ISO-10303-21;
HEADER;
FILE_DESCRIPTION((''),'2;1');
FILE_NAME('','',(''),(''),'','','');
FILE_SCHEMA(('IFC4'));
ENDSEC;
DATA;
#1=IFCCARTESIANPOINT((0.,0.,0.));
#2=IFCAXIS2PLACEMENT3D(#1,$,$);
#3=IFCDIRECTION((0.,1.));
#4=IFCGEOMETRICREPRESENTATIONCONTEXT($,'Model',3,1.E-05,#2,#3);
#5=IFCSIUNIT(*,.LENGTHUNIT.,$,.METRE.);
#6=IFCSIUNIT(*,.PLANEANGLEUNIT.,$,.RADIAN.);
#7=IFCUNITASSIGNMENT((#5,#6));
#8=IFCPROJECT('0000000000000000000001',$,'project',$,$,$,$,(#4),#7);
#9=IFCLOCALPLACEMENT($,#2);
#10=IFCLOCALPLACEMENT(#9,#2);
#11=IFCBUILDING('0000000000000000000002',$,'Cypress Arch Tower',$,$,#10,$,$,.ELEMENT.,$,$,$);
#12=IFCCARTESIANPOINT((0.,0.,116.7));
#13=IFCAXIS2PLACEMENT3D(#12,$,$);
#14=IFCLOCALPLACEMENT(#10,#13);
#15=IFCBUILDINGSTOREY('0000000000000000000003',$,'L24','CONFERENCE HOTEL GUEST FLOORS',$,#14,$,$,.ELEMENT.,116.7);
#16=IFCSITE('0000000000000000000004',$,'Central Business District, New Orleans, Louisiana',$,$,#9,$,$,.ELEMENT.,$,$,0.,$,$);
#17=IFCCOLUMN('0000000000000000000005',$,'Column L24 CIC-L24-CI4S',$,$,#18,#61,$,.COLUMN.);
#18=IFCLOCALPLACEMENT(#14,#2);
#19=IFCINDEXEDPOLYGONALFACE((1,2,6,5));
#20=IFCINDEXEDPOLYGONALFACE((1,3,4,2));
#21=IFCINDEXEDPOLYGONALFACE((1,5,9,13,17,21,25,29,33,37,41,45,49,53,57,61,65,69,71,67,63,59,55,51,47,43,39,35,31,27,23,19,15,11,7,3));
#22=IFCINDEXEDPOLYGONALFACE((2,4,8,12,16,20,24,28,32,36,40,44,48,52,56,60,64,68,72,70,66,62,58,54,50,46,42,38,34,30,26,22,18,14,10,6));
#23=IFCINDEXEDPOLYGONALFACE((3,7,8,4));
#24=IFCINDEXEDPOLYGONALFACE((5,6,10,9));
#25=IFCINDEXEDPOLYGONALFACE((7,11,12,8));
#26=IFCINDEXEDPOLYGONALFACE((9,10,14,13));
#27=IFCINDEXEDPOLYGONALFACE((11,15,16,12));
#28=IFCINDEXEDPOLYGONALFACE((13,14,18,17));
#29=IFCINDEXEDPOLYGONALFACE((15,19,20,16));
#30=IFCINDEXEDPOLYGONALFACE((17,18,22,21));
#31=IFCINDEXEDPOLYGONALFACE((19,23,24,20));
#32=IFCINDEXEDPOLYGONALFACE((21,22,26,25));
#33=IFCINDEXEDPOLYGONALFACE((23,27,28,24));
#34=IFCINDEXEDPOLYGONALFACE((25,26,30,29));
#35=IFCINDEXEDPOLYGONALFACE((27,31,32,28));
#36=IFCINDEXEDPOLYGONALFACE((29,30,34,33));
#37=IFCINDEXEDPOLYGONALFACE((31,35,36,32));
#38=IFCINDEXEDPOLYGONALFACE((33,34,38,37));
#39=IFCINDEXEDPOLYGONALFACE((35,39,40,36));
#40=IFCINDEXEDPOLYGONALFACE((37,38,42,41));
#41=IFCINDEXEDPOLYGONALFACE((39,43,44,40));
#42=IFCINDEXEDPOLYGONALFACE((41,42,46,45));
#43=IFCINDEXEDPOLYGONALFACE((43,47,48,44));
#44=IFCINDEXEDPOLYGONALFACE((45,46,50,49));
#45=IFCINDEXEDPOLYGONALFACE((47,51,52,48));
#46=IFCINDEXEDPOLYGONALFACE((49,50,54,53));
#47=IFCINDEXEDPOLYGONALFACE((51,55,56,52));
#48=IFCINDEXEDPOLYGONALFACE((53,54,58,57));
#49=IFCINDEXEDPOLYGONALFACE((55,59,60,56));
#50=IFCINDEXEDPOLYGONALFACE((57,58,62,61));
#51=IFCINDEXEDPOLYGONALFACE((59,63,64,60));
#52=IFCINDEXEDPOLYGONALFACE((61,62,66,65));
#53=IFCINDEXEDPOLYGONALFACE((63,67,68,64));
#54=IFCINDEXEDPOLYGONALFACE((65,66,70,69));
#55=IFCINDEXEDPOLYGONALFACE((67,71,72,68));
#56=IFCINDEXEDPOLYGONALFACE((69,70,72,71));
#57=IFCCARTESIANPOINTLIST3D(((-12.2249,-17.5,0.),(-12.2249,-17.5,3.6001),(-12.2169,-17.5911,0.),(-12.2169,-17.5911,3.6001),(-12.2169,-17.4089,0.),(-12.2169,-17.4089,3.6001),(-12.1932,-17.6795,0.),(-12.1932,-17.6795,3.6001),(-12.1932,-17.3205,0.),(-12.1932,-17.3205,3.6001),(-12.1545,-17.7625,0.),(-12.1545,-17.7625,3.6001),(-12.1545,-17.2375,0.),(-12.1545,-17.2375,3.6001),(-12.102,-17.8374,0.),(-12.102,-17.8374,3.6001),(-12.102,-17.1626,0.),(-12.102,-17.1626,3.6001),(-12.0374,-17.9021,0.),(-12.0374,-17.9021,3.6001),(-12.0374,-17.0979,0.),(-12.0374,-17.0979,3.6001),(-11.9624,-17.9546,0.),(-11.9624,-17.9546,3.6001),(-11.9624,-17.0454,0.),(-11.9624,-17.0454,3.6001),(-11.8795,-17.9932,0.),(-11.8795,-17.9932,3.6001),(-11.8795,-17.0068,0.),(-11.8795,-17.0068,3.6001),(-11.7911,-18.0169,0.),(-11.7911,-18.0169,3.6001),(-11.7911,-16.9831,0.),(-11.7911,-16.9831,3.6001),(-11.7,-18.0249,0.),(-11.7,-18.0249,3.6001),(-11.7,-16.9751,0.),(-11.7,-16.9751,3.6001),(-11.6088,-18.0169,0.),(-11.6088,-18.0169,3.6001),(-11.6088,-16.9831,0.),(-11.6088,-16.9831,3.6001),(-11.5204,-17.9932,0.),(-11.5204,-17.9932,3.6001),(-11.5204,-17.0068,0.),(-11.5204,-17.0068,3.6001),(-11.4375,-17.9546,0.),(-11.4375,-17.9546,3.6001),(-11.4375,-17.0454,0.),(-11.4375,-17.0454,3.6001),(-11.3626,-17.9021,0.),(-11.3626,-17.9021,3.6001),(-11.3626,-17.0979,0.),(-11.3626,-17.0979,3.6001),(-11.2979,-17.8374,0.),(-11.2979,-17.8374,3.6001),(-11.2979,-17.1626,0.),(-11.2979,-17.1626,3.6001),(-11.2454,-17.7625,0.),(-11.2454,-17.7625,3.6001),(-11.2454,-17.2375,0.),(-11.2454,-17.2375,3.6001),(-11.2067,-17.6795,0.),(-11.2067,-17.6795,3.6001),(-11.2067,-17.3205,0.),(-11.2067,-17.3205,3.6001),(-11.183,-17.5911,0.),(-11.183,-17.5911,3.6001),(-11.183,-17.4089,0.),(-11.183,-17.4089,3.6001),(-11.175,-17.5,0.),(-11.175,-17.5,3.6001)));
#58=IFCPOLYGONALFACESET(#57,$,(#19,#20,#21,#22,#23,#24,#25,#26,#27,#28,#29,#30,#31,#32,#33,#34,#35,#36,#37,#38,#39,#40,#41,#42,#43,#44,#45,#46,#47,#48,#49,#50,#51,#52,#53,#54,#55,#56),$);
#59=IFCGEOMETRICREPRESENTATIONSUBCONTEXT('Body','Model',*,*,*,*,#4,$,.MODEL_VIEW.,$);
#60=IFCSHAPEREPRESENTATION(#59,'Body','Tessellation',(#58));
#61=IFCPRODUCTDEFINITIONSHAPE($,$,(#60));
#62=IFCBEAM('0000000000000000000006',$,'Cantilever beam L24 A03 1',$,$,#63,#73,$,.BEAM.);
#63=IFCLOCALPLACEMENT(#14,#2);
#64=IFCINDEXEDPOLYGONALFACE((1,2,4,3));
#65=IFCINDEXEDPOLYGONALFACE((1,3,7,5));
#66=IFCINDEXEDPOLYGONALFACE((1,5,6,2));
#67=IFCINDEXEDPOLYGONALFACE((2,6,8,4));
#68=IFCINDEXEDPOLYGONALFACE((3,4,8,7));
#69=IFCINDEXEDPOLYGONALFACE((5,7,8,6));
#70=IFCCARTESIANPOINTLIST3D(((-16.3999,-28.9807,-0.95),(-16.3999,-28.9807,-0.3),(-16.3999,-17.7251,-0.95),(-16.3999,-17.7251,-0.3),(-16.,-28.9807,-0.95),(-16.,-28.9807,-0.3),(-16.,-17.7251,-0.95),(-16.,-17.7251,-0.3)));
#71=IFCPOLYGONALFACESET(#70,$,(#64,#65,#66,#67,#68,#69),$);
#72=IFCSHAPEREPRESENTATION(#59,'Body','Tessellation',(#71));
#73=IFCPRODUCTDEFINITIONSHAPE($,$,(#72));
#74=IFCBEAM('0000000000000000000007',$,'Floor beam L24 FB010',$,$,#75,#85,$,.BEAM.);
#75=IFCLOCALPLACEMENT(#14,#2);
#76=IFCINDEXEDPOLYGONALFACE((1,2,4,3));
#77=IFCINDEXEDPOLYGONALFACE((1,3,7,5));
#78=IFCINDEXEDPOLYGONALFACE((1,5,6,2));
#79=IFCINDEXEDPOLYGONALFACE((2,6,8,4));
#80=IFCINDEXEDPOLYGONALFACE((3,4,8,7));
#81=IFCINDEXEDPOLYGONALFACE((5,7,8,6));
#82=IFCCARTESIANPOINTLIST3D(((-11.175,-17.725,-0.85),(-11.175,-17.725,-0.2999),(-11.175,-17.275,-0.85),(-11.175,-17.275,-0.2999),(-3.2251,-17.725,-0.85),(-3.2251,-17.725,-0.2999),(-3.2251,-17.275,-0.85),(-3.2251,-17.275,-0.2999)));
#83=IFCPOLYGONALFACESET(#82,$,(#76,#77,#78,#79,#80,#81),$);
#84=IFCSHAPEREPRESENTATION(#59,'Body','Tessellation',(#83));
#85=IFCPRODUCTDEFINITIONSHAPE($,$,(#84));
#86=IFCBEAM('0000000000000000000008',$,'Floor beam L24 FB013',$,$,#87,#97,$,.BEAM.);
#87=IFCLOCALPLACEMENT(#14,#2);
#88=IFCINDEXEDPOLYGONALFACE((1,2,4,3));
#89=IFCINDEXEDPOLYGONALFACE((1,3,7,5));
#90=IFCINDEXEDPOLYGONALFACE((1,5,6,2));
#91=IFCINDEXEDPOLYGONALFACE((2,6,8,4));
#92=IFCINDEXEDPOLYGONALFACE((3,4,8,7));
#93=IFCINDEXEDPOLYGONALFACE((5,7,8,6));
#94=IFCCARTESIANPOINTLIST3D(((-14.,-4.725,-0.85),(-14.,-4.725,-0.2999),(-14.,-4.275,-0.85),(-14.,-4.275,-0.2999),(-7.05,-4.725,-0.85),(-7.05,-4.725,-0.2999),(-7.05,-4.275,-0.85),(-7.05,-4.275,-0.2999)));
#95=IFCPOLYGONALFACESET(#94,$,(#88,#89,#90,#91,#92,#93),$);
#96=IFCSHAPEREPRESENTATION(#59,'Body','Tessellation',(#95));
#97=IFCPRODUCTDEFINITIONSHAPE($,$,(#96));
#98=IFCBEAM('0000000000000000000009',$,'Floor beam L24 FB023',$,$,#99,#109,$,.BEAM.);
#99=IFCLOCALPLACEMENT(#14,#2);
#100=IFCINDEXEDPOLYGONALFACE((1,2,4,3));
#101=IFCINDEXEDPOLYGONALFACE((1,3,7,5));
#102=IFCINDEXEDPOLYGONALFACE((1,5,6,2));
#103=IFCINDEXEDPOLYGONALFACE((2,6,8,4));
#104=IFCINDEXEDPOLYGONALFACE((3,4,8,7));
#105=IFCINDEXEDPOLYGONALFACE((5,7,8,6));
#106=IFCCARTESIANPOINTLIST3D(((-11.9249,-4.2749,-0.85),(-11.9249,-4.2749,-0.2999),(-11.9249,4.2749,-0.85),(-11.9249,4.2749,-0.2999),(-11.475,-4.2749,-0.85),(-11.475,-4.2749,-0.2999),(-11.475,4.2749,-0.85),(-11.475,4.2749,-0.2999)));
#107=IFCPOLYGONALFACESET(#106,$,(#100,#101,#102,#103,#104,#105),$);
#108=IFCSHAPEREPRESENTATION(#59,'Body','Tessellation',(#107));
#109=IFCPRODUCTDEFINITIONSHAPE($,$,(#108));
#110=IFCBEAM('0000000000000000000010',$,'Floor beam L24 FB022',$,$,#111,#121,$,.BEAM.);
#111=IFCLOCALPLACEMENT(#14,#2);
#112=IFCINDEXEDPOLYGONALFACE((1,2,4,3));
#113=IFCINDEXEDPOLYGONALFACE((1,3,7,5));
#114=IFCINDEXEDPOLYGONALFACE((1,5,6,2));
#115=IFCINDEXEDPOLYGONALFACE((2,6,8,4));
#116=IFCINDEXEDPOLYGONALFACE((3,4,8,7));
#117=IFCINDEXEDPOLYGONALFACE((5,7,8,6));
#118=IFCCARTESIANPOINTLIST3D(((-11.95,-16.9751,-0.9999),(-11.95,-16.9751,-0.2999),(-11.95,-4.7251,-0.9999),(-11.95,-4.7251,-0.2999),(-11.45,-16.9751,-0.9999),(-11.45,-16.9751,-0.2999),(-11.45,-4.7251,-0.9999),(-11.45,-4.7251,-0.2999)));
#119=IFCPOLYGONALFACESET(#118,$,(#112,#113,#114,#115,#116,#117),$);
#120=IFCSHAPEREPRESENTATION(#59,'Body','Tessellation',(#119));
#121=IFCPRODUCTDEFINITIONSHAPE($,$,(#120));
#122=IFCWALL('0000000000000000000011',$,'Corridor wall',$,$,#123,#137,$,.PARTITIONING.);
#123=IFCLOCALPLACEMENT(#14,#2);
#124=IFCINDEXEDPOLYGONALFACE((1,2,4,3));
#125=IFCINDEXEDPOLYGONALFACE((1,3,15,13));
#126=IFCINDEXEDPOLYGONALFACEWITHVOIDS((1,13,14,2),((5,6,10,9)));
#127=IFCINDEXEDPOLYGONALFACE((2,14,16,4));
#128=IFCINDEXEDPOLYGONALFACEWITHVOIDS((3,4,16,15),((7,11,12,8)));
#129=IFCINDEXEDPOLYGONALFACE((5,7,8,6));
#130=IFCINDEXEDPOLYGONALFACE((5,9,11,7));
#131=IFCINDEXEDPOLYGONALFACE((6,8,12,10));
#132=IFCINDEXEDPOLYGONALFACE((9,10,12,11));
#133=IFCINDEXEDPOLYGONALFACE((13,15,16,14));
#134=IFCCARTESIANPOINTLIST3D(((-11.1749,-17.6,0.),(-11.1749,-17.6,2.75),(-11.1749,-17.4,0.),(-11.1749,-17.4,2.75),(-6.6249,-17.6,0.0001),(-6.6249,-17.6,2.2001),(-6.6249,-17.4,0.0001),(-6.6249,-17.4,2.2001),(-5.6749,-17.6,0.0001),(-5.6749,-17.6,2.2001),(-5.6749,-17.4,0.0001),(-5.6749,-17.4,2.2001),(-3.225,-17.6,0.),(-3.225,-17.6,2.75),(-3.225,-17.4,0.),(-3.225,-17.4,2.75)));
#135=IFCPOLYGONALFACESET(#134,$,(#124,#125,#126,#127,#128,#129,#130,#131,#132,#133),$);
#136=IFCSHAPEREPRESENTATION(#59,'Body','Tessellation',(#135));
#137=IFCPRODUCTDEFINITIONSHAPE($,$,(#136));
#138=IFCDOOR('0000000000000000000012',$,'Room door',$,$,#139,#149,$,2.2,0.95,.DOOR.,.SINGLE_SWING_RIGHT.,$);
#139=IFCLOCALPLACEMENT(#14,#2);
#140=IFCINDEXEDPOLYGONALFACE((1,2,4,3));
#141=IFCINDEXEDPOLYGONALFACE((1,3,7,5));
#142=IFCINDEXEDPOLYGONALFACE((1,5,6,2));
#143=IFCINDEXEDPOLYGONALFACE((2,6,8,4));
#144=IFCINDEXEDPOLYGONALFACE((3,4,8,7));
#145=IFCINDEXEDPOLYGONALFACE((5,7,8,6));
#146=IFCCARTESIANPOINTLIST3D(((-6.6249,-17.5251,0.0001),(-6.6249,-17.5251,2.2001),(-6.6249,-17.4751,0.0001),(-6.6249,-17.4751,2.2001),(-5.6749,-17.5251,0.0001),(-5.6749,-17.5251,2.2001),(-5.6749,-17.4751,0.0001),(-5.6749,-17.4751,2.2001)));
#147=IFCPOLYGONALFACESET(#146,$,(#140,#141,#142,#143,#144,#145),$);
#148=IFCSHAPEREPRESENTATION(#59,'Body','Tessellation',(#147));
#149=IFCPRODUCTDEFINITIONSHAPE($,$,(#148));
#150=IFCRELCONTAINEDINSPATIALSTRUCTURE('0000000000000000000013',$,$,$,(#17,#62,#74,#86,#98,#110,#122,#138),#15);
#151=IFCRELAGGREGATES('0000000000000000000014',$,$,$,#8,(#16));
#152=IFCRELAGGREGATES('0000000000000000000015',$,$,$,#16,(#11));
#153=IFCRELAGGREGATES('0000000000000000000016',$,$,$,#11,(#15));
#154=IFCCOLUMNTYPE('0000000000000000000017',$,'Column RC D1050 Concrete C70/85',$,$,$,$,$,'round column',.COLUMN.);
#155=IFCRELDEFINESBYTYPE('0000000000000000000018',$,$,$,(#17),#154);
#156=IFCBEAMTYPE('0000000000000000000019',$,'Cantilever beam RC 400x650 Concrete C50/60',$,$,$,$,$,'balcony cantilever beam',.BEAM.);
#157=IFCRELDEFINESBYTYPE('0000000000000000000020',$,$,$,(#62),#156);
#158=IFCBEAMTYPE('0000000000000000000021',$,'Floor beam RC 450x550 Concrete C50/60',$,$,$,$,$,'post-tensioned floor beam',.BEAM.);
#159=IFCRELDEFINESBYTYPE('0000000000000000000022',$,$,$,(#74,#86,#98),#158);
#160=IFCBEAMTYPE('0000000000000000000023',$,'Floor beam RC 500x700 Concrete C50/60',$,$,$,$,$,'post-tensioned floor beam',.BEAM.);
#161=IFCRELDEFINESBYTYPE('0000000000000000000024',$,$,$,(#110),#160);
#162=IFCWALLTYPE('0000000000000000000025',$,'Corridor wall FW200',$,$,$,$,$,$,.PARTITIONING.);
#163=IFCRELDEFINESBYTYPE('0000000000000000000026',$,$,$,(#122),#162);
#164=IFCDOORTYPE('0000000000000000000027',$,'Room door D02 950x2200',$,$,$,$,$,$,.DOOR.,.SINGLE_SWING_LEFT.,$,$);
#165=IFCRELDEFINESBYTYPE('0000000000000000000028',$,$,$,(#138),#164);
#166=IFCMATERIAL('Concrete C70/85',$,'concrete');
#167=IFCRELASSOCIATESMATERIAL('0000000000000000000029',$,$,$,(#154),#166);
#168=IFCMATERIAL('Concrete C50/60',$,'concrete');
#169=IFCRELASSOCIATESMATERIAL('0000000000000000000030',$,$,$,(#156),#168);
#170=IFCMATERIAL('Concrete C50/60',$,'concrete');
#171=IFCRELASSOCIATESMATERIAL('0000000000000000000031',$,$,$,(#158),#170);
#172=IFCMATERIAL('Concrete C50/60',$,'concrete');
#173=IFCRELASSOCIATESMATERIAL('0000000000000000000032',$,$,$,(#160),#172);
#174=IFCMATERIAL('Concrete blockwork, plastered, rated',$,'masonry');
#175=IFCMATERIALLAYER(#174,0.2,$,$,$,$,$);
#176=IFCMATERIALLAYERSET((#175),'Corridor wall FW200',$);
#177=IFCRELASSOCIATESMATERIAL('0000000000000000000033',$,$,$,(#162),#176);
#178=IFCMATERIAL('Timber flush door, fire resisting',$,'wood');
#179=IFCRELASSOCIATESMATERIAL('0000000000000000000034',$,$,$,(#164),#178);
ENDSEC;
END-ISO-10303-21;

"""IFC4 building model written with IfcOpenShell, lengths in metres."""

from ifc_helpers import new_model, si_unit, direction, frame, frame_2d, origin, origin_2d, place, context, subcontext, project, spatial, rectangle, circle, extrude, material, layer, layer_set, material_profile, profile_set, type_object, element, fill, save


model = new_model("IFC4")

# Units and contexts
model_context = context("Model", 3, precision=1e-05, world=origin(), true_north=direction((0.0, 1.0)))
body_context = subcontext(model_context, "Body", "Model", "MODEL_VIEW")
ifc_project = project(units=[si_unit("LENGTHUNIT", "METRE"), si_unit("PLANEANGLEUNIT", "RADIAN")], contexts=[model_context])

# Site, building, storey
site_placement = place(None, origin())
site = spatial("IfcSite", under=ifc_project, at=site_placement, Name="Central Business District, New Orleans, Louisiana", CompositionType="ELEMENT", RefElevation=0.0)
building_placement = place(site_placement, origin())
building = spatial("IfcBuilding", under=site, at=building_placement, Name="Cypress Arch Tower", CompositionType="ELEMENT")
storey_placement = place(building_placement, frame((0.0, 0.0, 116.7)))
storey = spatial("IfcBuildingStorey", under=building, at=storey_placement, Name="L24", Description="CONFERENCE HOTEL GUEST FLOORS", CompositionType="ELEMENT", Elevation=116.7)

# Column
ifc_material_1 = material(Name="Concrete C70/85", Category="concrete")
ifc_material_profile_1 = material_profile(ifc_material_1, circle(Radius=0.5249, at=origin_2d()), Name="RC D1050")
ifc_profile_set_1 = profile_set([ifc_material_profile_1], Name="Concrete C70/85")
column_type = type_object("IfcColumnType", Name="Column RC D1050 Concrete C70/85", ElementType="round column", PredefinedType="COLUMN", material=ifc_profile_set_1)
column_placement = place(storey_placement, frame((-11.7, -17.5, 0.0), z_axis=(0.0, 0.0, 1.0), x_axis=(1.0, 0.0, 0.0)))
element("IfcColumn", 1, at=column_placement, inside=storey, type_object=column_type, Name="Column L24 CIC-L24-CI4S", PredefinedType="COLUMN", context=body_context, shape_type="SweptSolid", body=[
    extrude(circle(Radius=0.5249, at=origin_2d()), origin(), (0.0, 0.0, 1.0), 3.6001),
])

# Beams
ifc_material_2 = material(Name="Concrete C50/60", Category="concrete")
ifc_material_profile_2 = material_profile(ifc_material_2, rectangle(XDim=0.3999, YDim=0.6499, at=origin_2d()), Name="RC 400x650")
ifc_profile_set_2 = profile_set([ifc_material_profile_2], Name="Concrete C50/60")
beam_type_1 = type_object("IfcBeamType", Name="Cantilever beam RC 400x650 Concrete C50/60", ElementType="balcony cantilever beam", PredefinedType="BEAM", material=ifc_profile_set_2)
beam_1_placement = place(storey_placement, frame((-16.2, -17.7251, -0.625), z_axis=(0.0, -1.0, 0.0), x_axis=(1.0, 0.0, 0.0)))
element("IfcBeam", 2, at=beam_1_placement, inside=storey, type_object=beam_type_1, Name="Cantilever beam L24 A03 1", PredefinedType="BEAM", context=body_context, shape_type="SweptSolid", body=[
    extrude(rectangle(XDim=0.3999, YDim=0.6499, at=origin_2d()), origin(), (0.0, 0.0, 1.0), 11.2556),
])
ifc_material_3 = material(Name="Concrete C50/60", Category="concrete")
ifc_material_profile_3 = material_profile(ifc_material_3, rectangle(XDim=0.45, YDim=0.55, at=origin_2d()), Name="RC 450x550")
ifc_profile_set_3 = profile_set([ifc_material_profile_3], Name="Concrete C50/60")
beam_type_2 = type_object("IfcBeamType", Name="Floor beam RC 450x550 Concrete C50/60", ElementType="post-tensioned floor beam", PredefinedType="BEAM", material=ifc_profile_set_3)
beam_2_placement = place(storey_placement, frame((-11.175, -17.5, -0.575), z_axis=(1.0, 0.0, 0.0), x_axis=(0.0, 1.0, 0.0)))
element("IfcBeam", 3, at=beam_2_placement, inside=storey, type_object=beam_type_2, Name="Floor beam L24 FB010", PredefinedType="BEAM", context=body_context, shape_type="SweptSolid", body=[
    extrude(rectangle(XDim=0.45, YDim=0.55, at=origin_2d()), origin(), (0.0, 0.0, 1.0), 7.95),
])
beam_3_placement = place(storey_placement, frame((-14.0, -4.5, -0.575), z_axis=(1.0, 0.0, 0.0), x_axis=(0.0, 1.0, 0.0)))
element("IfcBeam", 4, at=beam_3_placement, inside=storey, type_object=beam_type_2, Name="Floor beam L24 FB013", PredefinedType="BEAM", context=body_context, shape_type="SweptSolid", body=[
    extrude(rectangle(XDim=0.45, YDim=0.55, at=origin_2d()), origin(), (0.0, 0.0, 1.0), 6.95),
])
beam_4_placement = place(storey_placement, frame((-11.7, -4.2749, -0.575), z_axis=(0.0, 1.0, 0.0), x_axis=(-1.0, 0.0, 0.0)))
element("IfcBeam", 5, at=beam_4_placement, inside=storey, type_object=beam_type_2, Name="Floor beam L24 FB023", PredefinedType="BEAM", context=body_context, shape_type="SweptSolid", body=[
    extrude(rectangle(XDim=0.45, YDim=0.55, at=origin_2d()), origin(), (0.0, 0.0, 1.0), 8.5498),
])
ifc_material_4 = material(Name="Concrete C50/60", Category="concrete")
ifc_material_profile_4 = material_profile(ifc_material_4, rectangle(XDim=0.5, YDim=0.7, at=origin_2d()), Name="RC 500x700")
ifc_profile_set_4 = profile_set([ifc_material_profile_4], Name="Concrete C50/60")
beam_type_3 = type_object("IfcBeamType", Name="Floor beam RC 500x700 Concrete C50/60", ElementType="post-tensioned floor beam", PredefinedType="BEAM", material=ifc_profile_set_4)
beam_5_placement = place(storey_placement, frame((-11.7, -16.9751, -0.6499), z_axis=(0.0, 1.0, 0.0), x_axis=(-1.0, 0.0, 0.0)))
element("IfcBeam", 6, at=beam_5_placement, inside=storey, type_object=beam_type_3, Name="Floor beam L24 FB022", PredefinedType="BEAM", context=body_context, shape_type="SweptSolid", body=[
    extrude(rectangle(XDim=0.5, YDim=0.7, at=origin_2d()), origin(), (0.0, 0.0, 1.0), 12.25),
])

# Wall, opening, door
ifc_material_5 = material(Name="Concrete blockwork, plastered, rated", Category="masonry")
ifc_layer_1 = layer(ifc_material_5, 0.2)
ifc_layer_set_1 = layer_set([ifc_layer_1], Name="Corridor wall FW200")
wall_type_1 = type_object("IfcWallType", Name="Corridor wall FW200", PredefinedType="PARTITIONING", material=ifc_layer_set_1)
wall_1_placement = place(storey_placement, frame((-11.175, -17.5, 0.0), z_axis=(0.0, 0.0, 1.0), x_axis=(1.0, 0.0, 0.0)))
wall_1 = element("IfcWall", 7, at=wall_1_placement, inside=storey, type_object=wall_type_1, Name="Corridor wall", PredefinedType="PARTITIONING", context=body_context, shape_type="SweptSolid", body=[
    extrude(rectangle(XDim=7.95, YDim=0.2, at=frame_2d((3.9751, 0.0))), origin(), (0.0, 0.0, 1.0), 2.75),
])
opening_1_placement = place(wall_1_placement, frame((4.55, 0.0, 0.0)))
opening_1 = element("IfcOpeningElement", 8, at=opening_1_placement, cuts=wall_1, PredefinedType="OPENING", context=body_context, shape_type="SweptSolid", body=[
    extrude(rectangle(XDim=0.95, YDim=2.2, at=frame_2d((0.4751, 1.1001))), frame((0.0, 0.1099, 0.0), z_axis=(0.0, -1.0, 0.0), x_axis=(1.0, 0.0, 0.0)), (0.0, 0.0, 1.0), 0.22),
])
ifc_material_6 = material(Name="Timber flush door, fire resisting", Category="wood")
door_type_1 = type_object("IfcDoorType", Name="Room door D02 950x2200", OperationType="SINGLE_SWING_LEFT", PredefinedType="DOOR", material=ifc_material_6)
door_1_placement = place(opening_1_placement, origin())
door_1 = element("IfcDoor", 9, at=door_1_placement, inside=storey, type_object=door_type_1, Name="Room door", OperationType="SINGLE_SWING_RIGHT", OverallHeight=2.2, OverallWidth=0.95, PredefinedType="DOOR", context=body_context, shape_type="SweptSolid", body=[
    extrude(rectangle(XDim=0.95, YDim=2.2, at=frame_2d((0.4751, 1.1001))), frame((0.0, 0.0249, 0.0), z_axis=(0.0, -1.0, 0.0), x_axis=(1.0, 0.0, 0.0)), (0.0, 0.0, 1.0), 0.05),
])
fill(opening_1, door_1)

save(model, "model.ifc")
